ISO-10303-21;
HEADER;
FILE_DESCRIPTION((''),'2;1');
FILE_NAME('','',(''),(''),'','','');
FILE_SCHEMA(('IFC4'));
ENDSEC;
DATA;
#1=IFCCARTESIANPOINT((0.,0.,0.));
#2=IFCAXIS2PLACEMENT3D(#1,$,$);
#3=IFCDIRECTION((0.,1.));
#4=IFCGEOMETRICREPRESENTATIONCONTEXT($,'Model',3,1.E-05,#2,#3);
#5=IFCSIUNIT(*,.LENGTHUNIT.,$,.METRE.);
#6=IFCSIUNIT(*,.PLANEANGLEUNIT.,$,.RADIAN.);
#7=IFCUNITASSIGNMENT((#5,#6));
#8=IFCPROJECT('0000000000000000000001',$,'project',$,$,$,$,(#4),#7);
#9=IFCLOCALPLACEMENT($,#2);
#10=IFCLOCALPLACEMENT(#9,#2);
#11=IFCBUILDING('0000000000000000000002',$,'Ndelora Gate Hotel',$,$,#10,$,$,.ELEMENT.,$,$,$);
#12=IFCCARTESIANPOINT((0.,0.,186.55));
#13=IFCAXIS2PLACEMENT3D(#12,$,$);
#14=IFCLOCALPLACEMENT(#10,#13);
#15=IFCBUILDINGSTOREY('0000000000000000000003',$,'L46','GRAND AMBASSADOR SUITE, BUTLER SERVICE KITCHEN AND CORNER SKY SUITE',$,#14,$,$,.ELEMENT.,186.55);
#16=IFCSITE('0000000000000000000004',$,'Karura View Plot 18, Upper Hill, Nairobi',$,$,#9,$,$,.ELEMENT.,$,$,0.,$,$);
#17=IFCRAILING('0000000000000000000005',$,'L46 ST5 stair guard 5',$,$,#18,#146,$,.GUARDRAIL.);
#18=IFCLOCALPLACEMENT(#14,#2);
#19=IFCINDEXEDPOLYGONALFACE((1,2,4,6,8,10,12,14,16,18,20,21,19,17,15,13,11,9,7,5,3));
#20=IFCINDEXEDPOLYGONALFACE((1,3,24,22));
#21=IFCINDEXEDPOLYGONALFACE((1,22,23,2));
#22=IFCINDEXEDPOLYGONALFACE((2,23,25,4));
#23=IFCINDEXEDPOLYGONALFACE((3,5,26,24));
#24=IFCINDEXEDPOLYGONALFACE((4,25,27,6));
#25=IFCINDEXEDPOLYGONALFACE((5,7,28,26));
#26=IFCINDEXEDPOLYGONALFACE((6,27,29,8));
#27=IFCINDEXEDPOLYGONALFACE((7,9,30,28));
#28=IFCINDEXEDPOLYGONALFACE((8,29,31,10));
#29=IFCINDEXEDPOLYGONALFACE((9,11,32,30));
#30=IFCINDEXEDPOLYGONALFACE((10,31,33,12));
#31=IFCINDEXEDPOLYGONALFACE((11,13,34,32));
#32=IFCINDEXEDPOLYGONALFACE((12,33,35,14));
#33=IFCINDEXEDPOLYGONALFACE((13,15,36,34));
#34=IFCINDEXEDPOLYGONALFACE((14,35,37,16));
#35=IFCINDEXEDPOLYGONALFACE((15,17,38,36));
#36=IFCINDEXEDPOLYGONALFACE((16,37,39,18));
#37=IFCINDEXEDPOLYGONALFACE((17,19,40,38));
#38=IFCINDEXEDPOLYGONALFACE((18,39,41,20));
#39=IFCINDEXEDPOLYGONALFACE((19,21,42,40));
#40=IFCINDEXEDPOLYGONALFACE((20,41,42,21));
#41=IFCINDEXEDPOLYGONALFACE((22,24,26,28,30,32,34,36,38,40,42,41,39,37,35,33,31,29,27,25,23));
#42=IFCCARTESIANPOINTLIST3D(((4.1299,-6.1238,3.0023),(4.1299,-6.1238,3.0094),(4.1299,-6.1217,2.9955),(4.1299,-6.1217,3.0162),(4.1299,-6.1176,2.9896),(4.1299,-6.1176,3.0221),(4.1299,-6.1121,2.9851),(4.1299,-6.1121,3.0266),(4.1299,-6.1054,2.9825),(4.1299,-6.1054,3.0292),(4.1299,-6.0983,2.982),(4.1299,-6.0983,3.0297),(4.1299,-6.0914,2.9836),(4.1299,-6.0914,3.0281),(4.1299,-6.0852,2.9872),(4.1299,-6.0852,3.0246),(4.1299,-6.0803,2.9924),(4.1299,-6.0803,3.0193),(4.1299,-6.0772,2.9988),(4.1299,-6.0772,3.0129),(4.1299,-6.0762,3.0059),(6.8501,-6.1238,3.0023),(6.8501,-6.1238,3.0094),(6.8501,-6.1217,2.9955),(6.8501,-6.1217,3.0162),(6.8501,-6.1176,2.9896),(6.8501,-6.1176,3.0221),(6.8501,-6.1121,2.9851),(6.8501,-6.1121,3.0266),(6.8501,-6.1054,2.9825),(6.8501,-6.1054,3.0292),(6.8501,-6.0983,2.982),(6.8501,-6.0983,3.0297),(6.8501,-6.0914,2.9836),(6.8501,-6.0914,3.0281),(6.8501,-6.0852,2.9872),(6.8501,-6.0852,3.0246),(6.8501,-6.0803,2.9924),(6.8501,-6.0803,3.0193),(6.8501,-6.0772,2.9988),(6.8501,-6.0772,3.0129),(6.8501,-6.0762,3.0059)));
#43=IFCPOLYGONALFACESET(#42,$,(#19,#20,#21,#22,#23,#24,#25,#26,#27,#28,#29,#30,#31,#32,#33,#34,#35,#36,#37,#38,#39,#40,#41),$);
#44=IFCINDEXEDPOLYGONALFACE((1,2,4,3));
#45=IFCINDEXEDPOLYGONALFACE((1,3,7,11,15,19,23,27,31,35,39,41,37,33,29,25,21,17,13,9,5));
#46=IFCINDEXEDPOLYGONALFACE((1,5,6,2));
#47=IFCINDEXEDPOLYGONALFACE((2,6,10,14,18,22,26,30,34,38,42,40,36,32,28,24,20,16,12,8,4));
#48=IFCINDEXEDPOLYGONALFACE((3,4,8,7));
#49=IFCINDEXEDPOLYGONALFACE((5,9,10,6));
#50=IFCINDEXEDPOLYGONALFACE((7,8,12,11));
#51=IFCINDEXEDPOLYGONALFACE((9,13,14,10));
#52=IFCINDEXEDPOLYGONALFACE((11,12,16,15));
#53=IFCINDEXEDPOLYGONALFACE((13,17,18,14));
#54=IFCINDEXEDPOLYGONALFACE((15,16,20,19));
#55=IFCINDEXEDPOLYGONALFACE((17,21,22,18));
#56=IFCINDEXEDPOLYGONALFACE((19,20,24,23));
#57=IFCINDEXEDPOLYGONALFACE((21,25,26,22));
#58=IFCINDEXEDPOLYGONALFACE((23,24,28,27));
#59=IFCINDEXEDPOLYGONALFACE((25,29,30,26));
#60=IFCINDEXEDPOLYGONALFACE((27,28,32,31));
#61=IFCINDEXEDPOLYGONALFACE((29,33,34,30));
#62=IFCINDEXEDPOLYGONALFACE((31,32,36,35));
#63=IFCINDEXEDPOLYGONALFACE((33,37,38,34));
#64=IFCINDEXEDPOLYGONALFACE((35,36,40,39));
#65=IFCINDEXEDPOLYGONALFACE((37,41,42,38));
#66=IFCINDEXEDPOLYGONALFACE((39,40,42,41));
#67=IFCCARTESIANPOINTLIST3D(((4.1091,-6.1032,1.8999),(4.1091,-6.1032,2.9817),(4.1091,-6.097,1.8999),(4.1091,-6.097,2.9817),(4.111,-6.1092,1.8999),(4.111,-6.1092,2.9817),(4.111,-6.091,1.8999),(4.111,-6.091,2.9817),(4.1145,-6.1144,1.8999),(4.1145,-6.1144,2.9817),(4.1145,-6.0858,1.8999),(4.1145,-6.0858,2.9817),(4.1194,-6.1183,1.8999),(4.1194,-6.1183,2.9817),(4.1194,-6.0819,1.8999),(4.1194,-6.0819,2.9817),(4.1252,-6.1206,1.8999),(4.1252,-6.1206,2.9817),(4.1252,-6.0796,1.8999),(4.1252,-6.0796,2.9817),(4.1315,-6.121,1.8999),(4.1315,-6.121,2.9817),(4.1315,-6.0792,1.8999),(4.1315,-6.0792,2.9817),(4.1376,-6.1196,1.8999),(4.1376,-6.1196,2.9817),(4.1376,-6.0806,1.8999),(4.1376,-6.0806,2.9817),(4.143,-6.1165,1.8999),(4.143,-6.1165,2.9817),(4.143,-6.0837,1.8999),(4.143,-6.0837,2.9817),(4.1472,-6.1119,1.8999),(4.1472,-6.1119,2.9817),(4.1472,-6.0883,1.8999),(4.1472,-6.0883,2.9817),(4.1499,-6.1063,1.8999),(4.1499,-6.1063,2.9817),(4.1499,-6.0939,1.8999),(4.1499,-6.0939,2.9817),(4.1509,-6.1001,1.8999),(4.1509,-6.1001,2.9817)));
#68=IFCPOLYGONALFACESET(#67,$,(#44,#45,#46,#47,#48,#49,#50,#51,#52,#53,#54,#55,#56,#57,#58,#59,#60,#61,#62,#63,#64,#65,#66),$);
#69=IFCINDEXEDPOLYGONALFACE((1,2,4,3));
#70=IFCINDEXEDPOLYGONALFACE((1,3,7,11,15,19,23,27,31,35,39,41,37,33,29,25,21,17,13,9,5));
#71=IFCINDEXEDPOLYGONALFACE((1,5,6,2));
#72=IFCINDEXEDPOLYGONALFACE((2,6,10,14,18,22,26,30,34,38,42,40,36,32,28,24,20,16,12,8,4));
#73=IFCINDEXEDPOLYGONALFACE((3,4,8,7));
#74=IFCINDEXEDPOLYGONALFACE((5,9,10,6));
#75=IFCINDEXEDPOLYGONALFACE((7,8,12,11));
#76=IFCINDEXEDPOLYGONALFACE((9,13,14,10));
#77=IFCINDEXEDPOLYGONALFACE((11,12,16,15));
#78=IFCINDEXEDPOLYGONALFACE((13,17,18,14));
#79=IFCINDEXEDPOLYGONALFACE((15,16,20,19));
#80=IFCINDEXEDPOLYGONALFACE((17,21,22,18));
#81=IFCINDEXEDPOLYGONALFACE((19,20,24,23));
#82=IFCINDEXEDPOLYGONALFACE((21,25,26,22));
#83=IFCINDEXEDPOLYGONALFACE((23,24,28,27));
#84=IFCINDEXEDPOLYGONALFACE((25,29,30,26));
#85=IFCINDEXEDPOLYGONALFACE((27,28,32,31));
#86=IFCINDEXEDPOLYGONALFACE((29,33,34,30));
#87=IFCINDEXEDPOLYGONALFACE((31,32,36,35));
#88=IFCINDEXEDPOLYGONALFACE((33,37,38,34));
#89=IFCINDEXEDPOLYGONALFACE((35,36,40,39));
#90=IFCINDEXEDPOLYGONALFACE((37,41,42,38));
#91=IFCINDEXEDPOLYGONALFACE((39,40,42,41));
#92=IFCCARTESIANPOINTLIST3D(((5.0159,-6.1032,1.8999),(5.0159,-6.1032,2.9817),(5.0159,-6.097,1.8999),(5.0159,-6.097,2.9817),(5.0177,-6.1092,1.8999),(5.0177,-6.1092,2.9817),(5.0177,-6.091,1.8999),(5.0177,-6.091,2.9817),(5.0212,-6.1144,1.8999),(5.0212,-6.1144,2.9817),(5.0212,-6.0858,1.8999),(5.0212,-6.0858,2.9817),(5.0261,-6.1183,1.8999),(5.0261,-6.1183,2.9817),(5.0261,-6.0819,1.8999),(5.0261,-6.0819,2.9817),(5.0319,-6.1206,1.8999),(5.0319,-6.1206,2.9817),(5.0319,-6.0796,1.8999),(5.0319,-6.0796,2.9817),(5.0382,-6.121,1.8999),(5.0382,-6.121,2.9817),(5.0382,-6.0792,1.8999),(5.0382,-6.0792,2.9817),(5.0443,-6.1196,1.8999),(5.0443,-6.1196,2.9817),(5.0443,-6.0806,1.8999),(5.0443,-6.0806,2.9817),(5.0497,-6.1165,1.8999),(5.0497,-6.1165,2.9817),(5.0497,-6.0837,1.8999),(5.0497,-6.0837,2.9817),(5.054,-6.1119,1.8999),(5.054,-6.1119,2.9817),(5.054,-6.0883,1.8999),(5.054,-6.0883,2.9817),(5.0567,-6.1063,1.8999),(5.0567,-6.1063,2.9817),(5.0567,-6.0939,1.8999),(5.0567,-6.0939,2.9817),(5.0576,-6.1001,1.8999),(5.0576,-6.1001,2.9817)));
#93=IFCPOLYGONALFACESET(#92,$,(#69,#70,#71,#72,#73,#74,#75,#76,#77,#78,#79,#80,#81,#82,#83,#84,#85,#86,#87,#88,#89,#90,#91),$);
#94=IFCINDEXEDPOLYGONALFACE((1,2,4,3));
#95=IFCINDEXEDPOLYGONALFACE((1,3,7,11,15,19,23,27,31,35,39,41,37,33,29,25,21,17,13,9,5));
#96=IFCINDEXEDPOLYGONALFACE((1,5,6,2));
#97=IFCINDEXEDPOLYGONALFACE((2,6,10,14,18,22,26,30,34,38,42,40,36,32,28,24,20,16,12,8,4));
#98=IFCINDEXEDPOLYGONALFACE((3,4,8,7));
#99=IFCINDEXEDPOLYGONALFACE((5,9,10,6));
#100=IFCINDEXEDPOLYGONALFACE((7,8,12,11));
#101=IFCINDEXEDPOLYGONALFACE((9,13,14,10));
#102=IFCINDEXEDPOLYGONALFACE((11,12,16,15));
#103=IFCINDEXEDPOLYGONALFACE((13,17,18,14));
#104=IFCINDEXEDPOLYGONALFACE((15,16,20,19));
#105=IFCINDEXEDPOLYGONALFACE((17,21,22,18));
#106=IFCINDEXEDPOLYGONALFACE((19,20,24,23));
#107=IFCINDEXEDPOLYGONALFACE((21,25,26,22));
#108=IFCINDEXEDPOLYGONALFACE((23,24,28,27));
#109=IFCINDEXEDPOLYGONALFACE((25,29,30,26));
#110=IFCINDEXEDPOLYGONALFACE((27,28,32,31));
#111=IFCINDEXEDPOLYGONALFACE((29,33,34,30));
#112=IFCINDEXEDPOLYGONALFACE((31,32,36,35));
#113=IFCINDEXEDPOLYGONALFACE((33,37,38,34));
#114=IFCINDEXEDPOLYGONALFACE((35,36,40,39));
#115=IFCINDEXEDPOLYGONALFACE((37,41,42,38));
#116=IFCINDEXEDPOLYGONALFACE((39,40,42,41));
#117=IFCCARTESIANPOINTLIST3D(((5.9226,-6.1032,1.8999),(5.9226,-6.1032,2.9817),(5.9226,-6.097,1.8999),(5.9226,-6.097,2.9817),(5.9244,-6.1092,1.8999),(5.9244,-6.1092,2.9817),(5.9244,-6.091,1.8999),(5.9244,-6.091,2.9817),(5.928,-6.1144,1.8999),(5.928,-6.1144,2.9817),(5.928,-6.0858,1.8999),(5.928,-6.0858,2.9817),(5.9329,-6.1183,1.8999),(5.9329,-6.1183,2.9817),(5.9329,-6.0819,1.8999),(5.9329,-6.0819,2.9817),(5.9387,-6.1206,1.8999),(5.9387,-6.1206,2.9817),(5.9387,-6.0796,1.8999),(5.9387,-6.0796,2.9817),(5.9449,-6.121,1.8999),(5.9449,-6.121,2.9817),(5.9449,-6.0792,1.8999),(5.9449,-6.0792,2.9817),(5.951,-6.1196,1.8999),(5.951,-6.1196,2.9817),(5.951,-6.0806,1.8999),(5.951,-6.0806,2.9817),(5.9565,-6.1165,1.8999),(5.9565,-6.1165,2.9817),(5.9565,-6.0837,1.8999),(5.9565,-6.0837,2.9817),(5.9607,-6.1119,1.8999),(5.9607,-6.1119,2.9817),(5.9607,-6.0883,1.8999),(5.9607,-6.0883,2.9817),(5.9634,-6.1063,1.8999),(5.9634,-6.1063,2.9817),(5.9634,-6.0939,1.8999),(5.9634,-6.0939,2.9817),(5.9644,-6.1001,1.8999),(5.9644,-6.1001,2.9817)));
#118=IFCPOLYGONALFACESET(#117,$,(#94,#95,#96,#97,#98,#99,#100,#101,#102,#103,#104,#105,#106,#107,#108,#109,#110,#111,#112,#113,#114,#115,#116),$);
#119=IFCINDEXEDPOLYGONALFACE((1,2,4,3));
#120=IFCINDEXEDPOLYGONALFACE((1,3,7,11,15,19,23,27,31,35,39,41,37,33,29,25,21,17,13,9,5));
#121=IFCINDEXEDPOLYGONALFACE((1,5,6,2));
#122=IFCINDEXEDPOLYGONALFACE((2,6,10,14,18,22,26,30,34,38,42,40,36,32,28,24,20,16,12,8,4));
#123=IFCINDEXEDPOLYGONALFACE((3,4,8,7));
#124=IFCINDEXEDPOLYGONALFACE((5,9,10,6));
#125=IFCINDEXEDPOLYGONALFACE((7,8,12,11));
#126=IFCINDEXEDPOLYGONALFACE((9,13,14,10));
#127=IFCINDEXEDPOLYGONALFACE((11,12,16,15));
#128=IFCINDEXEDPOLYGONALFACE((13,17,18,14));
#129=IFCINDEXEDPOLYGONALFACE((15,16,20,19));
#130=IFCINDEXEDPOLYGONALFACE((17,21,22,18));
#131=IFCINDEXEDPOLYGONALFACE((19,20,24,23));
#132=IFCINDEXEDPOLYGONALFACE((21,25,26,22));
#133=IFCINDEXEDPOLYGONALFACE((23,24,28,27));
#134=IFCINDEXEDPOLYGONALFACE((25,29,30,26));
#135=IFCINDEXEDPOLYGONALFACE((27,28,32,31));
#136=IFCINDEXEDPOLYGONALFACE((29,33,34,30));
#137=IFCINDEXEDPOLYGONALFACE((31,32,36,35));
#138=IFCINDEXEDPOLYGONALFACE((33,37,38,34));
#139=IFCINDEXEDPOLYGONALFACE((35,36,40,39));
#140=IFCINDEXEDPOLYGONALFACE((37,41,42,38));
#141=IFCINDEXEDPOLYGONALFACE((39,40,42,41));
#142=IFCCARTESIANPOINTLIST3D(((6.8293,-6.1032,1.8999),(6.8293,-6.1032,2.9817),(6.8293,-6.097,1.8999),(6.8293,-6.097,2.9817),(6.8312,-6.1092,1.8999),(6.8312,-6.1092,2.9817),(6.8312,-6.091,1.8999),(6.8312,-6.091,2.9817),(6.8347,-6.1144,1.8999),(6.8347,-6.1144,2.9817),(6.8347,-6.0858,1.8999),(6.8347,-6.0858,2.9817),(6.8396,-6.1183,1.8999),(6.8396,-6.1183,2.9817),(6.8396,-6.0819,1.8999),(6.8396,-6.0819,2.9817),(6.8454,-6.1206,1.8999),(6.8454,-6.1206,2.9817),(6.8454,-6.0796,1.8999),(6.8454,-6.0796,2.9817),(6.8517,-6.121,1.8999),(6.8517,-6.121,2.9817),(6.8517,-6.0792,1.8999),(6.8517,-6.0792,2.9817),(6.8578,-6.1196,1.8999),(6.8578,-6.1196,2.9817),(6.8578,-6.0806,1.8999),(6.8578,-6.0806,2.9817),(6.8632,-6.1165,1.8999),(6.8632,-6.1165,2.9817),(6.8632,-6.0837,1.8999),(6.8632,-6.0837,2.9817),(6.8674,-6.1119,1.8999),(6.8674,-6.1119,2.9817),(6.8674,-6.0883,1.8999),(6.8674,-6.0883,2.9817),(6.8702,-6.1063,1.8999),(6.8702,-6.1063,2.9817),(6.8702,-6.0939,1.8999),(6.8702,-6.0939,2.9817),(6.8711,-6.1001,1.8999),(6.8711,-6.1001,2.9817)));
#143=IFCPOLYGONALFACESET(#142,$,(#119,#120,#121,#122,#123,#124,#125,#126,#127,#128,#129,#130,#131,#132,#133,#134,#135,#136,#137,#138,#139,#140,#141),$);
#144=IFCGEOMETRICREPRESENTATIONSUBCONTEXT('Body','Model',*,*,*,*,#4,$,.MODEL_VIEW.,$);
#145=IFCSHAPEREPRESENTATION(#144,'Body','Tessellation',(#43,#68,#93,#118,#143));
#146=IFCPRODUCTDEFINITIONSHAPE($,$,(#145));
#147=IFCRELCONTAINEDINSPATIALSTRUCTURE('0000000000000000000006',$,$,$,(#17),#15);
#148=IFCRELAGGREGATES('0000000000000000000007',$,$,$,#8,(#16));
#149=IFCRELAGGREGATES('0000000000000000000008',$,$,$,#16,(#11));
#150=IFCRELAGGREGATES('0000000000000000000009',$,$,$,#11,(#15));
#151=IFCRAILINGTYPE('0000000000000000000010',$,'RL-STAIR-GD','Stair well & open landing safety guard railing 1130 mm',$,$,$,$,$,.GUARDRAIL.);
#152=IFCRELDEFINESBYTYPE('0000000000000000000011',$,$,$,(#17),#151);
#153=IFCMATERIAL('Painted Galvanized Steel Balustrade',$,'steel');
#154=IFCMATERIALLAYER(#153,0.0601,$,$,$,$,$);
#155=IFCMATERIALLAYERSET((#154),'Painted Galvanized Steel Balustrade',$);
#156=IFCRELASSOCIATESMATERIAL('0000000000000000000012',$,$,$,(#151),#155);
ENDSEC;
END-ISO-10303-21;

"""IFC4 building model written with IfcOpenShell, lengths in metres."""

from ifc_helpers import new_model, si_unit, direction, frame, origin, origin_2d, place, context, subcontext, project, spatial, circle, extrude, material, layer, layer_set, type_object, element, save


model = new_model("IFC4")

# Units and contexts
model_context = context("Model", 3, precision=1e-05, world=origin(), true_north=direction((0.0, 1.0)))
body_context = subcontext(model_context, "Body", "Model", "MODEL_VIEW")
ifc_project = project(units=[si_unit("LENGTHUNIT", "METRE"), si_unit("PLANEANGLEUNIT", "RADIAN")], contexts=[model_context])

# Site, building, storey
site_placement = place(None, origin())
site = spatial("IfcSite", under=ifc_project, at=site_placement, Name="Karura View Plot 18, Upper Hill, Nairobi", CompositionType="ELEMENT", RefElevation=0.0)
building_placement = place(site_placement, origin())
building = spatial("IfcBuilding", under=site, at=building_placement, Name="Ndelora Gate Hotel", CompositionType="ELEMENT")
storey_placement = place(building_placement, frame((0.0, 0.0, 186.55)))
storey = spatial("IfcBuildingStorey", under=building, at=storey_placement, Name="L46", Description="GRAND AMBASSADOR SUITE, BUTLER SERVICE KITCHEN AND CORNER SKY SUITE", CompositionType="ELEMENT", Elevation=186.55)

# Railing
ifc_material_1 = material(Name="Painted Galvanized Steel Balustrade", Category="steel")
ifc_layer_1 = layer(ifc_material_1, 0.0601)
ifc_layer_set_1 = layer_set([ifc_layer_1], Name="Painted Galvanized Steel Balustrade")
railing_type_1 = type_object("IfcRailingType", Name="RL-STAIR-GD", Description="Stair well & open landing safety guard railing 1130 mm", PredefinedType="GUARDRAIL", material=ifc_layer_set_1)
railing_1_placement = place(storey_placement, frame((4.1299, -6.1001, 1.8999)))
element("IfcRailing", 1, at=railing_1_placement, inside=storey, type_object=railing_type_1, Name="L46 ST5 stair guard 5", PredefinedType="GUARDRAIL", context=body_context, shape_type="SweptSolid", body=[
    extrude(circle(Radius=0.0239, at=origin_2d()), frame((0.0, 0.0, 1.106), z_axis=(1.0, 0.0, 0.0), x_axis=(0.0, 1.0, 0.0)), (0.0, 0.0, 1.0), 2.7202),
    extrude(circle(Radius=0.021, at=origin_2d()), origin(), (0.0, 0.0, 1.0), 1.0818),
    extrude(circle(Radius=0.021, at=origin_2d()), frame((0.9067, 0.0, 0.0)), (0.0, 0.0, 1.0), 1.0818),
    extrude(circle(Radius=0.021, at=origin_2d()), frame((1.8135, 0.0, 0.0)), (0.0, 0.0, 1.0), 1.0818),
    extrude(circle(Radius=0.021, at=origin_2d()), frame((2.7202, 0.0, 0.0)), (0.0, 0.0, 1.0), 1.0818),
])

save(model, "model.ifc")
